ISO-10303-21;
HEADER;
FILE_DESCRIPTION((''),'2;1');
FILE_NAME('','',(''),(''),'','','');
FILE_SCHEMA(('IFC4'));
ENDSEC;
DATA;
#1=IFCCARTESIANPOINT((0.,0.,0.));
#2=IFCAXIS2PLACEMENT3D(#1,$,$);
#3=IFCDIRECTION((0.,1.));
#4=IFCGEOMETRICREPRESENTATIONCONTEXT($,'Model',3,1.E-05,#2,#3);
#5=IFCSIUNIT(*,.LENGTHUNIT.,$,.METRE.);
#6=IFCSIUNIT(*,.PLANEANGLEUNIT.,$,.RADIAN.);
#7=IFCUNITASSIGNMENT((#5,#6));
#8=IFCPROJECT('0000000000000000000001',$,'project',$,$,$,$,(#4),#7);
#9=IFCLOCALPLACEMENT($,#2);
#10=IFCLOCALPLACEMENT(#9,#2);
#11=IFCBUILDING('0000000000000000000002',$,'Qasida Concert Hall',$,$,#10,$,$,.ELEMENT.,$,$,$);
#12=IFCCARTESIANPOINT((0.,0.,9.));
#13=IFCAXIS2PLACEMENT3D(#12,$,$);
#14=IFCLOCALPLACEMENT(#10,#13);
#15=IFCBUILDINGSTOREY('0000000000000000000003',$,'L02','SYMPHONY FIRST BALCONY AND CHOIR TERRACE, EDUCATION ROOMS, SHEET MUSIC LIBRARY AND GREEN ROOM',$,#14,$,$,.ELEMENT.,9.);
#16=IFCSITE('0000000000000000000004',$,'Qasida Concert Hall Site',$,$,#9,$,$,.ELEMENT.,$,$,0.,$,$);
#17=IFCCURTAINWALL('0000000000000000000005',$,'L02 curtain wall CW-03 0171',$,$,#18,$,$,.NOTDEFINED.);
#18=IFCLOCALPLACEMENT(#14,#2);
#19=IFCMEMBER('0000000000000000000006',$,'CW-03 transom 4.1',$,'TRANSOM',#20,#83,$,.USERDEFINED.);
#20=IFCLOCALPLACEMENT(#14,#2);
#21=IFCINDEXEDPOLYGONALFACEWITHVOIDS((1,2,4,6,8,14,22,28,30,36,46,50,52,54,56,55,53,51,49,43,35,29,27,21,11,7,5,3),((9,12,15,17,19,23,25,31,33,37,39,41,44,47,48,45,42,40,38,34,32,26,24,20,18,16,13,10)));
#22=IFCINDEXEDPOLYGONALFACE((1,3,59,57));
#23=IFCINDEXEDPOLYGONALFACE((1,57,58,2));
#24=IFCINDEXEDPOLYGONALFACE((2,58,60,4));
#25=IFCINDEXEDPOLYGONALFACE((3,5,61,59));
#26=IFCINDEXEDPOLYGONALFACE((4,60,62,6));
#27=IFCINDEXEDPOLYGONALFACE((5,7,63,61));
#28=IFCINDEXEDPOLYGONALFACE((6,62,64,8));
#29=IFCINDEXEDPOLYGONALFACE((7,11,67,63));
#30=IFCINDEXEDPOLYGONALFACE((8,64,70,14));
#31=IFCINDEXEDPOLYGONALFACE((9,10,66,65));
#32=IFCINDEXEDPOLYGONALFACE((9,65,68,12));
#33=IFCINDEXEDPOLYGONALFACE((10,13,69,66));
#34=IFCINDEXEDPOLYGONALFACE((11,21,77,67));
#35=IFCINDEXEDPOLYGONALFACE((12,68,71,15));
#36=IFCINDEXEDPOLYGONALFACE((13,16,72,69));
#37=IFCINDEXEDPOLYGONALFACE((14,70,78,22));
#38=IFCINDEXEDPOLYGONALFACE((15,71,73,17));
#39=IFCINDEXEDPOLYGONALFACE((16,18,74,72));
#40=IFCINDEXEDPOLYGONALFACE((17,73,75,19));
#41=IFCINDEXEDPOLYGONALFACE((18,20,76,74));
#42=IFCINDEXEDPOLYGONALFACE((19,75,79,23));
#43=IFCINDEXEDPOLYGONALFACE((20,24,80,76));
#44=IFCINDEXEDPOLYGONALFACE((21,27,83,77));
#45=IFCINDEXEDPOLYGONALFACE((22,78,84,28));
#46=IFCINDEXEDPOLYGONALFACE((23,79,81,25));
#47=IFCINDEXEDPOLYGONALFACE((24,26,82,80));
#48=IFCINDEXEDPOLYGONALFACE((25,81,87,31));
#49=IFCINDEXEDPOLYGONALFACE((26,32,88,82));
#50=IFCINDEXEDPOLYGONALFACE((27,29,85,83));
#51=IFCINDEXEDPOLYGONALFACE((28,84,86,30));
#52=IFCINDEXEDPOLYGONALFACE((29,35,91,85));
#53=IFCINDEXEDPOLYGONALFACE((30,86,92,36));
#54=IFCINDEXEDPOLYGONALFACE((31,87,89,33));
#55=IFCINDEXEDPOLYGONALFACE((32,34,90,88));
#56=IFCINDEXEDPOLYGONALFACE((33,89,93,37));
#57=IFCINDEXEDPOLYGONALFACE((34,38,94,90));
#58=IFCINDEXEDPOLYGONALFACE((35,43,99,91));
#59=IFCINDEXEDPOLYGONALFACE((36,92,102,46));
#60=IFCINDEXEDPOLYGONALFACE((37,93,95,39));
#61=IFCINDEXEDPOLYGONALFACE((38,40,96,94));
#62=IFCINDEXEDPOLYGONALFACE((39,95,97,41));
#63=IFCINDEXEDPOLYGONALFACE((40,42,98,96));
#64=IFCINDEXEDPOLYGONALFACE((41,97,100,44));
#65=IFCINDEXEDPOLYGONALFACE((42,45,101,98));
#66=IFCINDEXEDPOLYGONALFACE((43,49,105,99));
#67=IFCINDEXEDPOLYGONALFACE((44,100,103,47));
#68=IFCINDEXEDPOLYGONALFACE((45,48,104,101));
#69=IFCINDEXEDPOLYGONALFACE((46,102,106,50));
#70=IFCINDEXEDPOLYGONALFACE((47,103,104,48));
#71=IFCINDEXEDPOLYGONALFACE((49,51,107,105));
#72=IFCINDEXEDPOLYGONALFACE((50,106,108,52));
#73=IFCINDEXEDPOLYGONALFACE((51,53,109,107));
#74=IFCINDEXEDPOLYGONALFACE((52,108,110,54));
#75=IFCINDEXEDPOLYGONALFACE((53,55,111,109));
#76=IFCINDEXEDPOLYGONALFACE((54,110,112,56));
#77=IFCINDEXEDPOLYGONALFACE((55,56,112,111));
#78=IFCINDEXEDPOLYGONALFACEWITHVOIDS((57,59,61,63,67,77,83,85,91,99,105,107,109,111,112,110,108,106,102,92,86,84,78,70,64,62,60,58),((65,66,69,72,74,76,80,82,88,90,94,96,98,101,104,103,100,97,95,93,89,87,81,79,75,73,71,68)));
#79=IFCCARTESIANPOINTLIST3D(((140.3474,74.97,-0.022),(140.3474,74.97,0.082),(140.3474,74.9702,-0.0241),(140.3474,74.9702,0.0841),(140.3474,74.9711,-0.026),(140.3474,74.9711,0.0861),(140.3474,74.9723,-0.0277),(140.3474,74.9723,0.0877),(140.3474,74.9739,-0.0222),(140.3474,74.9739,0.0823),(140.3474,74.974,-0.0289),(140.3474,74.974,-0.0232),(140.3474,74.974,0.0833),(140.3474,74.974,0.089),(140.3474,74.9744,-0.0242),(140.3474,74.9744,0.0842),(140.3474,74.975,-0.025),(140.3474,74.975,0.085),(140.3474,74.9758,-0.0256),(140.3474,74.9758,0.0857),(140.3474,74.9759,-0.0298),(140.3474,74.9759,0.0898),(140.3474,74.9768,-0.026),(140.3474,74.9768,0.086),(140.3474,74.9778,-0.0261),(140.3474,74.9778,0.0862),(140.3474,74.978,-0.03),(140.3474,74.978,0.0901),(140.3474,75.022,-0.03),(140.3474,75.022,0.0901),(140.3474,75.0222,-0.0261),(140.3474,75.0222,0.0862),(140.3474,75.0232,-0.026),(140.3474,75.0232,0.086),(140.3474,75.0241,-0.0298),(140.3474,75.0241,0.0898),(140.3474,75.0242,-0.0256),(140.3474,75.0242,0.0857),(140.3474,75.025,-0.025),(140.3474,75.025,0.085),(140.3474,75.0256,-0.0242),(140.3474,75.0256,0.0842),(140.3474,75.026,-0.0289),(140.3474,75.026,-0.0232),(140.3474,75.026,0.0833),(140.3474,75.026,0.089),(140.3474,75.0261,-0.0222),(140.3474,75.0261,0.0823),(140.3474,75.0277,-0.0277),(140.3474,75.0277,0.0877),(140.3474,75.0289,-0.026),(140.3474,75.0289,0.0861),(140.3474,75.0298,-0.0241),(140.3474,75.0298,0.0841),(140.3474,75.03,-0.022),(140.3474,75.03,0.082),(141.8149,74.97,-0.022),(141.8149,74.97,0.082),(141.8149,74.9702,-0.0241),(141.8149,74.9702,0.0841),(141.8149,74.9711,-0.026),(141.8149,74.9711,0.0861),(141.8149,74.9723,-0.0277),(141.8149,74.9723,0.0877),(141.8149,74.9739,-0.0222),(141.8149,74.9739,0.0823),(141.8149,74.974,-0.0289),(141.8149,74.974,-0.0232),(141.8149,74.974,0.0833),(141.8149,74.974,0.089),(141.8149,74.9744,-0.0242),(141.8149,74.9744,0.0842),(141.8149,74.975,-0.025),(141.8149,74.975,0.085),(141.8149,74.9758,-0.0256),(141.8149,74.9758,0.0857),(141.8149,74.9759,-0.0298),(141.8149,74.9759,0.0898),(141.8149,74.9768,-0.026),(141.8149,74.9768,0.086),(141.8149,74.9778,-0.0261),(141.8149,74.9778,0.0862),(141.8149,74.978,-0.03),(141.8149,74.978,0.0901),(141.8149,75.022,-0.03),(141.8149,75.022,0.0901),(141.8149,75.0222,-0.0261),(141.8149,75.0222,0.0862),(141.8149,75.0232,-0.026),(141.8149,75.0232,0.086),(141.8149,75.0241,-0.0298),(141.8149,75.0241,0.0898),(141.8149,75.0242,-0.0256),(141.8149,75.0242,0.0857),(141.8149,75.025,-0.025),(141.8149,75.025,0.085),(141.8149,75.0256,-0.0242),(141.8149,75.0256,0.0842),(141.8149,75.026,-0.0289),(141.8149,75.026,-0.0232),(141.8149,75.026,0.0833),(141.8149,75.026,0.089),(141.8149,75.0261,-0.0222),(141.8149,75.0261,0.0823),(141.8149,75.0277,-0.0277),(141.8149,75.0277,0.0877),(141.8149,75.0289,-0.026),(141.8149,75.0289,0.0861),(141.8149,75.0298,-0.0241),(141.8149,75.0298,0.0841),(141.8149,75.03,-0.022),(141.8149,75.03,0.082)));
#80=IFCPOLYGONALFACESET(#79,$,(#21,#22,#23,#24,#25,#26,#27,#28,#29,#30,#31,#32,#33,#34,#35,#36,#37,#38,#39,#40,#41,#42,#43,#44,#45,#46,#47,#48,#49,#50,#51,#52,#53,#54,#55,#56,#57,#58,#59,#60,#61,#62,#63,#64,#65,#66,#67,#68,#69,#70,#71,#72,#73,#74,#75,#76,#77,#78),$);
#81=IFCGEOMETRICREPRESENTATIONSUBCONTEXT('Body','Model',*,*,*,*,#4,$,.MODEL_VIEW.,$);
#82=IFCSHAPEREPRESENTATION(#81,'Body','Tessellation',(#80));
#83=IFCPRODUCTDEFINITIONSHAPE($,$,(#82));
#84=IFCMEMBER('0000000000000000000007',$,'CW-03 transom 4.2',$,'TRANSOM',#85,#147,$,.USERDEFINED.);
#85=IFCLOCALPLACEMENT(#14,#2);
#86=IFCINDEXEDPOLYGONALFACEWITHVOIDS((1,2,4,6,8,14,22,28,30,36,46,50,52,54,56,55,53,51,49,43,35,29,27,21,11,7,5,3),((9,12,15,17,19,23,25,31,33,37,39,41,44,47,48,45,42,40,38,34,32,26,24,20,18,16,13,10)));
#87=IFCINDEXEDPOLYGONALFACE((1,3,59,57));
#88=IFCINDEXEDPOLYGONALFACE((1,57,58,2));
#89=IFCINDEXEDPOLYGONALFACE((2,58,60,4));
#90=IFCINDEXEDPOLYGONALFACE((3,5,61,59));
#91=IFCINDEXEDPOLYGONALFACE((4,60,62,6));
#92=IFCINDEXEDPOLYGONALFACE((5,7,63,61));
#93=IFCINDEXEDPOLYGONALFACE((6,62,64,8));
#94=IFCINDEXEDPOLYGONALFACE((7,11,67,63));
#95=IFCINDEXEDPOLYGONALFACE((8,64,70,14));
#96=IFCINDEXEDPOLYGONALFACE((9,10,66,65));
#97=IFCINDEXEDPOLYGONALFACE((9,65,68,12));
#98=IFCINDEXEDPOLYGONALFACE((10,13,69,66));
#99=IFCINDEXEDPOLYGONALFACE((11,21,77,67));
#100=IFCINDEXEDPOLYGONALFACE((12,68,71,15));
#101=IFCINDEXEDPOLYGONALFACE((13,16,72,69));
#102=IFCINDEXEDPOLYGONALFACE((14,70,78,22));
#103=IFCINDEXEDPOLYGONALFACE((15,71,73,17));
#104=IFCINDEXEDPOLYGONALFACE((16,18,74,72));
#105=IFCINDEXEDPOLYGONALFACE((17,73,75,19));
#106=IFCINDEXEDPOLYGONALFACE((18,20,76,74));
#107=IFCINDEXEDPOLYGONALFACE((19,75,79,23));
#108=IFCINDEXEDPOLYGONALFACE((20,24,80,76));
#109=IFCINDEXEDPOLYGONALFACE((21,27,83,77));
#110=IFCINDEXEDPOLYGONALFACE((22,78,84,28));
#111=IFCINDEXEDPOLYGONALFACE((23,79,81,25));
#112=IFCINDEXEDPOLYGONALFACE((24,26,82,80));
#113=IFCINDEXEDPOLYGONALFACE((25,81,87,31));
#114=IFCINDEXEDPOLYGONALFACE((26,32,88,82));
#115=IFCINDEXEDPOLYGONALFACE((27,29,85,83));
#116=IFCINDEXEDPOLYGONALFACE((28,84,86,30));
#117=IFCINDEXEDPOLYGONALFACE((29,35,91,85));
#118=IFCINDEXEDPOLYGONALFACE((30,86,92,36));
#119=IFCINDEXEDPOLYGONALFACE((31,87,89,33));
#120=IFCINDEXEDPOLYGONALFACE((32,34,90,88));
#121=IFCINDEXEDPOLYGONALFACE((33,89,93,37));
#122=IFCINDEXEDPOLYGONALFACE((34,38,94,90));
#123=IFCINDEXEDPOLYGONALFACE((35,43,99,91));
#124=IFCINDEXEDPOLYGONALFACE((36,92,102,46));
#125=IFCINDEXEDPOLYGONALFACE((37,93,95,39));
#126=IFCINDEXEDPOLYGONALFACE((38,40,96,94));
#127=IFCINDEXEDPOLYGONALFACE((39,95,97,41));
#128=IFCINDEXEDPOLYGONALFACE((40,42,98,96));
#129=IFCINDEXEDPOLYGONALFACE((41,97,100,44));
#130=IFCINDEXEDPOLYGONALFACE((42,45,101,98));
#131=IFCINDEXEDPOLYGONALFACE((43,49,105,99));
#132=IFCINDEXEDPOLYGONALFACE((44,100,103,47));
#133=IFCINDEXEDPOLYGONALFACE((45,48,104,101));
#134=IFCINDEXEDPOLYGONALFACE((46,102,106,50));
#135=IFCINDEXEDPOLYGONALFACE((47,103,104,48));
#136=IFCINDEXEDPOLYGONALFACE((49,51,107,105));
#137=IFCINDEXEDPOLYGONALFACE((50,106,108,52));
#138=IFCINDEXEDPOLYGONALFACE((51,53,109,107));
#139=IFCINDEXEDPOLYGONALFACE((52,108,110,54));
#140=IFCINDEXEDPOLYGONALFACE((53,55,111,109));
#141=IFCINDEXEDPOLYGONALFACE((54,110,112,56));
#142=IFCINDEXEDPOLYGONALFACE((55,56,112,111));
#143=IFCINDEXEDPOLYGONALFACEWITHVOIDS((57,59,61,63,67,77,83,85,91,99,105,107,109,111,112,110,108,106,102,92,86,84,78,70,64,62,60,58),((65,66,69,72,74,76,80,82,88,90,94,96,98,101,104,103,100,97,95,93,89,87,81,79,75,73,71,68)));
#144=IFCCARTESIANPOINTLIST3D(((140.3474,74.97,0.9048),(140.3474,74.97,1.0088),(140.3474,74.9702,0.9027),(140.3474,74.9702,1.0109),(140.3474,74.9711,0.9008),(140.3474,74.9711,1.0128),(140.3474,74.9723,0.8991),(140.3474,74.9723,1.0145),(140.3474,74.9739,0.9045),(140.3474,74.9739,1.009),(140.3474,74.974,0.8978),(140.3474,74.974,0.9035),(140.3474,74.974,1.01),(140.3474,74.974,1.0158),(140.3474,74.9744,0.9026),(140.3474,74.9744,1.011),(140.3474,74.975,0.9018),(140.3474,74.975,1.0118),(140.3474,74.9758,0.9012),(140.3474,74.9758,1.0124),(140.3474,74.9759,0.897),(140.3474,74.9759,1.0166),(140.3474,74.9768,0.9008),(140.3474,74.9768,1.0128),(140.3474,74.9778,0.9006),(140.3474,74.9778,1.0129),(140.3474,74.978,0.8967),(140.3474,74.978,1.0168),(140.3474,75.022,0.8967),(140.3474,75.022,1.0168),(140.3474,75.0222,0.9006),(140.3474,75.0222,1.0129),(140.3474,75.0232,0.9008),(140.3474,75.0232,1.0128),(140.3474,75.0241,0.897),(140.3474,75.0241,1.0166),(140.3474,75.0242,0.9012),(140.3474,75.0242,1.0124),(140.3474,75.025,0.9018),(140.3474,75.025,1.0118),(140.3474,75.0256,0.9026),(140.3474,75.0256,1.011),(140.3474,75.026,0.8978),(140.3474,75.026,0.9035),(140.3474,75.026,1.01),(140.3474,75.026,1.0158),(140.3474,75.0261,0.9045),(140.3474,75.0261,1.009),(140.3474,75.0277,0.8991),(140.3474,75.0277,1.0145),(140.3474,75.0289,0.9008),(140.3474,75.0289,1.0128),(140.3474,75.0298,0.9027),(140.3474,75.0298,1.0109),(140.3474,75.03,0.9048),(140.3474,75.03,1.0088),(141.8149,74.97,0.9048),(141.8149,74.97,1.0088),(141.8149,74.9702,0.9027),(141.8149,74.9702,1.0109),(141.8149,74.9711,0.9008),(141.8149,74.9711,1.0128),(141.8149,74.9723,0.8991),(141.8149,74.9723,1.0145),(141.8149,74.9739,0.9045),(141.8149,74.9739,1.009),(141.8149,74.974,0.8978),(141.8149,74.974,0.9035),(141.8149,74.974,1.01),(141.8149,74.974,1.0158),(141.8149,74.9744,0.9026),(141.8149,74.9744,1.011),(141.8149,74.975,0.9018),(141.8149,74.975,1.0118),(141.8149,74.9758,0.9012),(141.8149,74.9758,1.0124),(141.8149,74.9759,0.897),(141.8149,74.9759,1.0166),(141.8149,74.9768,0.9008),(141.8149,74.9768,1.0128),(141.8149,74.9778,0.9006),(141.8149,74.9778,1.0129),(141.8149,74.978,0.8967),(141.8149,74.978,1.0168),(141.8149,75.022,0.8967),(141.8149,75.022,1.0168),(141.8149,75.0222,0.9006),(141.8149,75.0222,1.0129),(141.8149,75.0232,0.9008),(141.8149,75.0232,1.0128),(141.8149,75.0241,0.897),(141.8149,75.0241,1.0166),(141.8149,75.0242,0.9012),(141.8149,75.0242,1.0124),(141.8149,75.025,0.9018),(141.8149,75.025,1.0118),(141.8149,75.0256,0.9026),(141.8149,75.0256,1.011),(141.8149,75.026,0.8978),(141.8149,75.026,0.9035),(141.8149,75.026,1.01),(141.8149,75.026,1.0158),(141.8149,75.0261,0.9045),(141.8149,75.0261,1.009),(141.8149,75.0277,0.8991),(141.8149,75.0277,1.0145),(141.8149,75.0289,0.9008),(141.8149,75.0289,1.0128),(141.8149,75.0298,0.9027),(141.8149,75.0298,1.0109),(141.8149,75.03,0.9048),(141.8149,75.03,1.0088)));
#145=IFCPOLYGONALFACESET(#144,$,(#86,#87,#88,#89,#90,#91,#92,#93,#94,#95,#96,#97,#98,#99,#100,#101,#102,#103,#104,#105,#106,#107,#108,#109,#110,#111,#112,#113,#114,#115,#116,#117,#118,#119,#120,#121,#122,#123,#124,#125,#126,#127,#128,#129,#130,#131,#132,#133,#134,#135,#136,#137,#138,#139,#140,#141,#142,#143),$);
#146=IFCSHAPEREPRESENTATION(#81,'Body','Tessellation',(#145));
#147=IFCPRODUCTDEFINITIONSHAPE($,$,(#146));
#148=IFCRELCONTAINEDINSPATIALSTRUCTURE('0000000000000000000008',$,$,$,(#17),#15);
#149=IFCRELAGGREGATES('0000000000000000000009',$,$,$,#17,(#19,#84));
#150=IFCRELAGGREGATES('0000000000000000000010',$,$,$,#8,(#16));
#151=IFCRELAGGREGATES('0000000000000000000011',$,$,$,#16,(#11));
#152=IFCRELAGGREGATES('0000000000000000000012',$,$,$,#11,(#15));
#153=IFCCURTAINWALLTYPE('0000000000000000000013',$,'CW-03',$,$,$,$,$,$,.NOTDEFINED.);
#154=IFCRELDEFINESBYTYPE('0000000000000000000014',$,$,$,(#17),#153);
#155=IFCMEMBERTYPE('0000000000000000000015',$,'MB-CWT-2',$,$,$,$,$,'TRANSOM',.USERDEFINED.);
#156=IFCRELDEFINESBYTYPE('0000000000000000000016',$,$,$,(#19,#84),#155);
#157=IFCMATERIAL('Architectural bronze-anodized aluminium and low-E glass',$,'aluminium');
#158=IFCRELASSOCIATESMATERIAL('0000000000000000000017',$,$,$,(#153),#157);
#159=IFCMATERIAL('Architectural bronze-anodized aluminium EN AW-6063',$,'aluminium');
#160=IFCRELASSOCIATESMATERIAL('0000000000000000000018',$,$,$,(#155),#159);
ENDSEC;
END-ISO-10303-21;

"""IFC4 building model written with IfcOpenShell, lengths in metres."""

from ifc_helpers import new_model, si_unit, direction, frame, origin, origin_2d, place, context, subcontext, project, spatial, hollow_rectangle, extrude, material, material_profile, profile_set, type_object, element, aggregate, save


model = new_model("IFC4")

# Units and contexts
model_context = context("Model", 3, precision=1e-05, world=origin(), true_north=direction((0.0, 1.0)))
body_context = subcontext(model_context, "Body", "Model", "MODEL_VIEW")
ifc_project = project(units=[si_unit("LENGTHUNIT", "METRE"), si_unit("PLANEANGLEUNIT", "RADIAN")], contexts=[model_context])

# Site, building, storey
site_placement = place(None, origin())
site = spatial("IfcSite", under=ifc_project, at=site_placement, Name="Qasida Concert Hall Site", CompositionType="ELEMENT", RefElevation=0.0)
building_placement = place(site_placement, origin())
building = spatial("IfcBuilding", under=site, at=building_placement, Name="Qasida Concert Hall", CompositionType="ELEMENT")
storey_placement = place(building_placement, frame((0.0, 0.0, 9.0)))
storey = spatial("IfcBuildingStorey", under=building, at=storey_placement, Name="L02", Description="SYMPHONY FIRST BALCONY AND CHOIR TERRACE, EDUCATION ROOMS, SHEET MUSIC LIBRARY AND GREEN ROOM", CompositionType="ELEMENT", Elevation=9.0)

# Curtain wall
ifc_material_1 = material(Name="Architectural bronze-anodized aluminium and low-E glass", Category="aluminium")
curtain_wall_type = type_object("IfcCurtainWallType", Name="CW-03", PredefinedType="NOTDEFINED", material=ifc_material_1)
curtain_wall_1_placement = place(storey_placement, origin())
curtain_wall_1 = element("IfcCurtainWall", 1, at=curtain_wall_1_placement, inside=storey, type_object=curtain_wall_type, Name="L02 curtain wall CW-03 0171", PredefinedType="NOTDEFINED")
ifc_material_2 = material(Name="Architectural bronze-anodized aluminium EN AW-6063", Category="aluminium")

# Members
ifc_material_profile_1 = material_profile(ifc_material_2, hollow_rectangle(XDim=0.0601, YDim=0.1201, WallThickness=0.0039, InnerFilletRadius=0.0039, OuterFilletRadius=0.0081, at=origin_2d()), Name="CWT 120x60x4")
ifc_profile_set_1 = profile_set([ifc_material_profile_1], Name="Architectural bronze-anodized aluminium EN AW-6063")
member_type_1 = type_object("IfcMemberType", Name="MB-CWT-2", ElementType="TRANSOM", PredefinedType="USERDEFINED", material=ifc_profile_set_1)
member_1_placement = place(storey_placement, frame((140.3474, 75.0, 0.03), z_axis=(1.0, 0.0, 0.0), x_axis=(0.0, 1.0, 0.0)))
member_1 = element("IfcMember", 2, at=member_1_placement, type_object=member_type_1, Name="CW-03 transom 4.1", ObjectType="TRANSOM", PredefinedType="USERDEFINED", context=body_context, shape_type="SweptSolid", body=[
    extrude(hollow_rectangle(XDim=0.0601, YDim=0.1201, WallThickness=0.0039, InnerFilletRadius=0.0039, OuterFilletRadius=0.0081, at=origin_2d()), origin(), (0.0, 0.0, 1.0), 1.4675),
])
member_2_placement = place(storey_placement, frame((140.3474, 75.0, 0.9568), z_axis=(1.0, 0.0, 0.0), x_axis=(0.0, 1.0, 0.0)))
member_2 = element("IfcMember", 3, at=member_2_placement, type_object=member_type_1, Name="CW-03 transom 4.2", ObjectType="TRANSOM", PredefinedType="USERDEFINED", context=body_context, shape_type="SweptSolid", body=[
    extrude(hollow_rectangle(XDim=0.0601, YDim=0.1201, WallThickness=0.0039, InnerFilletRadius=0.0039, OuterFilletRadius=0.0081, at=origin_2d()), origin(), (0.0, 0.0, 1.0), 1.4675),
])

aggregate(curtain_wall_1, [member_1, member_2])

save(model, "model.ifc")
